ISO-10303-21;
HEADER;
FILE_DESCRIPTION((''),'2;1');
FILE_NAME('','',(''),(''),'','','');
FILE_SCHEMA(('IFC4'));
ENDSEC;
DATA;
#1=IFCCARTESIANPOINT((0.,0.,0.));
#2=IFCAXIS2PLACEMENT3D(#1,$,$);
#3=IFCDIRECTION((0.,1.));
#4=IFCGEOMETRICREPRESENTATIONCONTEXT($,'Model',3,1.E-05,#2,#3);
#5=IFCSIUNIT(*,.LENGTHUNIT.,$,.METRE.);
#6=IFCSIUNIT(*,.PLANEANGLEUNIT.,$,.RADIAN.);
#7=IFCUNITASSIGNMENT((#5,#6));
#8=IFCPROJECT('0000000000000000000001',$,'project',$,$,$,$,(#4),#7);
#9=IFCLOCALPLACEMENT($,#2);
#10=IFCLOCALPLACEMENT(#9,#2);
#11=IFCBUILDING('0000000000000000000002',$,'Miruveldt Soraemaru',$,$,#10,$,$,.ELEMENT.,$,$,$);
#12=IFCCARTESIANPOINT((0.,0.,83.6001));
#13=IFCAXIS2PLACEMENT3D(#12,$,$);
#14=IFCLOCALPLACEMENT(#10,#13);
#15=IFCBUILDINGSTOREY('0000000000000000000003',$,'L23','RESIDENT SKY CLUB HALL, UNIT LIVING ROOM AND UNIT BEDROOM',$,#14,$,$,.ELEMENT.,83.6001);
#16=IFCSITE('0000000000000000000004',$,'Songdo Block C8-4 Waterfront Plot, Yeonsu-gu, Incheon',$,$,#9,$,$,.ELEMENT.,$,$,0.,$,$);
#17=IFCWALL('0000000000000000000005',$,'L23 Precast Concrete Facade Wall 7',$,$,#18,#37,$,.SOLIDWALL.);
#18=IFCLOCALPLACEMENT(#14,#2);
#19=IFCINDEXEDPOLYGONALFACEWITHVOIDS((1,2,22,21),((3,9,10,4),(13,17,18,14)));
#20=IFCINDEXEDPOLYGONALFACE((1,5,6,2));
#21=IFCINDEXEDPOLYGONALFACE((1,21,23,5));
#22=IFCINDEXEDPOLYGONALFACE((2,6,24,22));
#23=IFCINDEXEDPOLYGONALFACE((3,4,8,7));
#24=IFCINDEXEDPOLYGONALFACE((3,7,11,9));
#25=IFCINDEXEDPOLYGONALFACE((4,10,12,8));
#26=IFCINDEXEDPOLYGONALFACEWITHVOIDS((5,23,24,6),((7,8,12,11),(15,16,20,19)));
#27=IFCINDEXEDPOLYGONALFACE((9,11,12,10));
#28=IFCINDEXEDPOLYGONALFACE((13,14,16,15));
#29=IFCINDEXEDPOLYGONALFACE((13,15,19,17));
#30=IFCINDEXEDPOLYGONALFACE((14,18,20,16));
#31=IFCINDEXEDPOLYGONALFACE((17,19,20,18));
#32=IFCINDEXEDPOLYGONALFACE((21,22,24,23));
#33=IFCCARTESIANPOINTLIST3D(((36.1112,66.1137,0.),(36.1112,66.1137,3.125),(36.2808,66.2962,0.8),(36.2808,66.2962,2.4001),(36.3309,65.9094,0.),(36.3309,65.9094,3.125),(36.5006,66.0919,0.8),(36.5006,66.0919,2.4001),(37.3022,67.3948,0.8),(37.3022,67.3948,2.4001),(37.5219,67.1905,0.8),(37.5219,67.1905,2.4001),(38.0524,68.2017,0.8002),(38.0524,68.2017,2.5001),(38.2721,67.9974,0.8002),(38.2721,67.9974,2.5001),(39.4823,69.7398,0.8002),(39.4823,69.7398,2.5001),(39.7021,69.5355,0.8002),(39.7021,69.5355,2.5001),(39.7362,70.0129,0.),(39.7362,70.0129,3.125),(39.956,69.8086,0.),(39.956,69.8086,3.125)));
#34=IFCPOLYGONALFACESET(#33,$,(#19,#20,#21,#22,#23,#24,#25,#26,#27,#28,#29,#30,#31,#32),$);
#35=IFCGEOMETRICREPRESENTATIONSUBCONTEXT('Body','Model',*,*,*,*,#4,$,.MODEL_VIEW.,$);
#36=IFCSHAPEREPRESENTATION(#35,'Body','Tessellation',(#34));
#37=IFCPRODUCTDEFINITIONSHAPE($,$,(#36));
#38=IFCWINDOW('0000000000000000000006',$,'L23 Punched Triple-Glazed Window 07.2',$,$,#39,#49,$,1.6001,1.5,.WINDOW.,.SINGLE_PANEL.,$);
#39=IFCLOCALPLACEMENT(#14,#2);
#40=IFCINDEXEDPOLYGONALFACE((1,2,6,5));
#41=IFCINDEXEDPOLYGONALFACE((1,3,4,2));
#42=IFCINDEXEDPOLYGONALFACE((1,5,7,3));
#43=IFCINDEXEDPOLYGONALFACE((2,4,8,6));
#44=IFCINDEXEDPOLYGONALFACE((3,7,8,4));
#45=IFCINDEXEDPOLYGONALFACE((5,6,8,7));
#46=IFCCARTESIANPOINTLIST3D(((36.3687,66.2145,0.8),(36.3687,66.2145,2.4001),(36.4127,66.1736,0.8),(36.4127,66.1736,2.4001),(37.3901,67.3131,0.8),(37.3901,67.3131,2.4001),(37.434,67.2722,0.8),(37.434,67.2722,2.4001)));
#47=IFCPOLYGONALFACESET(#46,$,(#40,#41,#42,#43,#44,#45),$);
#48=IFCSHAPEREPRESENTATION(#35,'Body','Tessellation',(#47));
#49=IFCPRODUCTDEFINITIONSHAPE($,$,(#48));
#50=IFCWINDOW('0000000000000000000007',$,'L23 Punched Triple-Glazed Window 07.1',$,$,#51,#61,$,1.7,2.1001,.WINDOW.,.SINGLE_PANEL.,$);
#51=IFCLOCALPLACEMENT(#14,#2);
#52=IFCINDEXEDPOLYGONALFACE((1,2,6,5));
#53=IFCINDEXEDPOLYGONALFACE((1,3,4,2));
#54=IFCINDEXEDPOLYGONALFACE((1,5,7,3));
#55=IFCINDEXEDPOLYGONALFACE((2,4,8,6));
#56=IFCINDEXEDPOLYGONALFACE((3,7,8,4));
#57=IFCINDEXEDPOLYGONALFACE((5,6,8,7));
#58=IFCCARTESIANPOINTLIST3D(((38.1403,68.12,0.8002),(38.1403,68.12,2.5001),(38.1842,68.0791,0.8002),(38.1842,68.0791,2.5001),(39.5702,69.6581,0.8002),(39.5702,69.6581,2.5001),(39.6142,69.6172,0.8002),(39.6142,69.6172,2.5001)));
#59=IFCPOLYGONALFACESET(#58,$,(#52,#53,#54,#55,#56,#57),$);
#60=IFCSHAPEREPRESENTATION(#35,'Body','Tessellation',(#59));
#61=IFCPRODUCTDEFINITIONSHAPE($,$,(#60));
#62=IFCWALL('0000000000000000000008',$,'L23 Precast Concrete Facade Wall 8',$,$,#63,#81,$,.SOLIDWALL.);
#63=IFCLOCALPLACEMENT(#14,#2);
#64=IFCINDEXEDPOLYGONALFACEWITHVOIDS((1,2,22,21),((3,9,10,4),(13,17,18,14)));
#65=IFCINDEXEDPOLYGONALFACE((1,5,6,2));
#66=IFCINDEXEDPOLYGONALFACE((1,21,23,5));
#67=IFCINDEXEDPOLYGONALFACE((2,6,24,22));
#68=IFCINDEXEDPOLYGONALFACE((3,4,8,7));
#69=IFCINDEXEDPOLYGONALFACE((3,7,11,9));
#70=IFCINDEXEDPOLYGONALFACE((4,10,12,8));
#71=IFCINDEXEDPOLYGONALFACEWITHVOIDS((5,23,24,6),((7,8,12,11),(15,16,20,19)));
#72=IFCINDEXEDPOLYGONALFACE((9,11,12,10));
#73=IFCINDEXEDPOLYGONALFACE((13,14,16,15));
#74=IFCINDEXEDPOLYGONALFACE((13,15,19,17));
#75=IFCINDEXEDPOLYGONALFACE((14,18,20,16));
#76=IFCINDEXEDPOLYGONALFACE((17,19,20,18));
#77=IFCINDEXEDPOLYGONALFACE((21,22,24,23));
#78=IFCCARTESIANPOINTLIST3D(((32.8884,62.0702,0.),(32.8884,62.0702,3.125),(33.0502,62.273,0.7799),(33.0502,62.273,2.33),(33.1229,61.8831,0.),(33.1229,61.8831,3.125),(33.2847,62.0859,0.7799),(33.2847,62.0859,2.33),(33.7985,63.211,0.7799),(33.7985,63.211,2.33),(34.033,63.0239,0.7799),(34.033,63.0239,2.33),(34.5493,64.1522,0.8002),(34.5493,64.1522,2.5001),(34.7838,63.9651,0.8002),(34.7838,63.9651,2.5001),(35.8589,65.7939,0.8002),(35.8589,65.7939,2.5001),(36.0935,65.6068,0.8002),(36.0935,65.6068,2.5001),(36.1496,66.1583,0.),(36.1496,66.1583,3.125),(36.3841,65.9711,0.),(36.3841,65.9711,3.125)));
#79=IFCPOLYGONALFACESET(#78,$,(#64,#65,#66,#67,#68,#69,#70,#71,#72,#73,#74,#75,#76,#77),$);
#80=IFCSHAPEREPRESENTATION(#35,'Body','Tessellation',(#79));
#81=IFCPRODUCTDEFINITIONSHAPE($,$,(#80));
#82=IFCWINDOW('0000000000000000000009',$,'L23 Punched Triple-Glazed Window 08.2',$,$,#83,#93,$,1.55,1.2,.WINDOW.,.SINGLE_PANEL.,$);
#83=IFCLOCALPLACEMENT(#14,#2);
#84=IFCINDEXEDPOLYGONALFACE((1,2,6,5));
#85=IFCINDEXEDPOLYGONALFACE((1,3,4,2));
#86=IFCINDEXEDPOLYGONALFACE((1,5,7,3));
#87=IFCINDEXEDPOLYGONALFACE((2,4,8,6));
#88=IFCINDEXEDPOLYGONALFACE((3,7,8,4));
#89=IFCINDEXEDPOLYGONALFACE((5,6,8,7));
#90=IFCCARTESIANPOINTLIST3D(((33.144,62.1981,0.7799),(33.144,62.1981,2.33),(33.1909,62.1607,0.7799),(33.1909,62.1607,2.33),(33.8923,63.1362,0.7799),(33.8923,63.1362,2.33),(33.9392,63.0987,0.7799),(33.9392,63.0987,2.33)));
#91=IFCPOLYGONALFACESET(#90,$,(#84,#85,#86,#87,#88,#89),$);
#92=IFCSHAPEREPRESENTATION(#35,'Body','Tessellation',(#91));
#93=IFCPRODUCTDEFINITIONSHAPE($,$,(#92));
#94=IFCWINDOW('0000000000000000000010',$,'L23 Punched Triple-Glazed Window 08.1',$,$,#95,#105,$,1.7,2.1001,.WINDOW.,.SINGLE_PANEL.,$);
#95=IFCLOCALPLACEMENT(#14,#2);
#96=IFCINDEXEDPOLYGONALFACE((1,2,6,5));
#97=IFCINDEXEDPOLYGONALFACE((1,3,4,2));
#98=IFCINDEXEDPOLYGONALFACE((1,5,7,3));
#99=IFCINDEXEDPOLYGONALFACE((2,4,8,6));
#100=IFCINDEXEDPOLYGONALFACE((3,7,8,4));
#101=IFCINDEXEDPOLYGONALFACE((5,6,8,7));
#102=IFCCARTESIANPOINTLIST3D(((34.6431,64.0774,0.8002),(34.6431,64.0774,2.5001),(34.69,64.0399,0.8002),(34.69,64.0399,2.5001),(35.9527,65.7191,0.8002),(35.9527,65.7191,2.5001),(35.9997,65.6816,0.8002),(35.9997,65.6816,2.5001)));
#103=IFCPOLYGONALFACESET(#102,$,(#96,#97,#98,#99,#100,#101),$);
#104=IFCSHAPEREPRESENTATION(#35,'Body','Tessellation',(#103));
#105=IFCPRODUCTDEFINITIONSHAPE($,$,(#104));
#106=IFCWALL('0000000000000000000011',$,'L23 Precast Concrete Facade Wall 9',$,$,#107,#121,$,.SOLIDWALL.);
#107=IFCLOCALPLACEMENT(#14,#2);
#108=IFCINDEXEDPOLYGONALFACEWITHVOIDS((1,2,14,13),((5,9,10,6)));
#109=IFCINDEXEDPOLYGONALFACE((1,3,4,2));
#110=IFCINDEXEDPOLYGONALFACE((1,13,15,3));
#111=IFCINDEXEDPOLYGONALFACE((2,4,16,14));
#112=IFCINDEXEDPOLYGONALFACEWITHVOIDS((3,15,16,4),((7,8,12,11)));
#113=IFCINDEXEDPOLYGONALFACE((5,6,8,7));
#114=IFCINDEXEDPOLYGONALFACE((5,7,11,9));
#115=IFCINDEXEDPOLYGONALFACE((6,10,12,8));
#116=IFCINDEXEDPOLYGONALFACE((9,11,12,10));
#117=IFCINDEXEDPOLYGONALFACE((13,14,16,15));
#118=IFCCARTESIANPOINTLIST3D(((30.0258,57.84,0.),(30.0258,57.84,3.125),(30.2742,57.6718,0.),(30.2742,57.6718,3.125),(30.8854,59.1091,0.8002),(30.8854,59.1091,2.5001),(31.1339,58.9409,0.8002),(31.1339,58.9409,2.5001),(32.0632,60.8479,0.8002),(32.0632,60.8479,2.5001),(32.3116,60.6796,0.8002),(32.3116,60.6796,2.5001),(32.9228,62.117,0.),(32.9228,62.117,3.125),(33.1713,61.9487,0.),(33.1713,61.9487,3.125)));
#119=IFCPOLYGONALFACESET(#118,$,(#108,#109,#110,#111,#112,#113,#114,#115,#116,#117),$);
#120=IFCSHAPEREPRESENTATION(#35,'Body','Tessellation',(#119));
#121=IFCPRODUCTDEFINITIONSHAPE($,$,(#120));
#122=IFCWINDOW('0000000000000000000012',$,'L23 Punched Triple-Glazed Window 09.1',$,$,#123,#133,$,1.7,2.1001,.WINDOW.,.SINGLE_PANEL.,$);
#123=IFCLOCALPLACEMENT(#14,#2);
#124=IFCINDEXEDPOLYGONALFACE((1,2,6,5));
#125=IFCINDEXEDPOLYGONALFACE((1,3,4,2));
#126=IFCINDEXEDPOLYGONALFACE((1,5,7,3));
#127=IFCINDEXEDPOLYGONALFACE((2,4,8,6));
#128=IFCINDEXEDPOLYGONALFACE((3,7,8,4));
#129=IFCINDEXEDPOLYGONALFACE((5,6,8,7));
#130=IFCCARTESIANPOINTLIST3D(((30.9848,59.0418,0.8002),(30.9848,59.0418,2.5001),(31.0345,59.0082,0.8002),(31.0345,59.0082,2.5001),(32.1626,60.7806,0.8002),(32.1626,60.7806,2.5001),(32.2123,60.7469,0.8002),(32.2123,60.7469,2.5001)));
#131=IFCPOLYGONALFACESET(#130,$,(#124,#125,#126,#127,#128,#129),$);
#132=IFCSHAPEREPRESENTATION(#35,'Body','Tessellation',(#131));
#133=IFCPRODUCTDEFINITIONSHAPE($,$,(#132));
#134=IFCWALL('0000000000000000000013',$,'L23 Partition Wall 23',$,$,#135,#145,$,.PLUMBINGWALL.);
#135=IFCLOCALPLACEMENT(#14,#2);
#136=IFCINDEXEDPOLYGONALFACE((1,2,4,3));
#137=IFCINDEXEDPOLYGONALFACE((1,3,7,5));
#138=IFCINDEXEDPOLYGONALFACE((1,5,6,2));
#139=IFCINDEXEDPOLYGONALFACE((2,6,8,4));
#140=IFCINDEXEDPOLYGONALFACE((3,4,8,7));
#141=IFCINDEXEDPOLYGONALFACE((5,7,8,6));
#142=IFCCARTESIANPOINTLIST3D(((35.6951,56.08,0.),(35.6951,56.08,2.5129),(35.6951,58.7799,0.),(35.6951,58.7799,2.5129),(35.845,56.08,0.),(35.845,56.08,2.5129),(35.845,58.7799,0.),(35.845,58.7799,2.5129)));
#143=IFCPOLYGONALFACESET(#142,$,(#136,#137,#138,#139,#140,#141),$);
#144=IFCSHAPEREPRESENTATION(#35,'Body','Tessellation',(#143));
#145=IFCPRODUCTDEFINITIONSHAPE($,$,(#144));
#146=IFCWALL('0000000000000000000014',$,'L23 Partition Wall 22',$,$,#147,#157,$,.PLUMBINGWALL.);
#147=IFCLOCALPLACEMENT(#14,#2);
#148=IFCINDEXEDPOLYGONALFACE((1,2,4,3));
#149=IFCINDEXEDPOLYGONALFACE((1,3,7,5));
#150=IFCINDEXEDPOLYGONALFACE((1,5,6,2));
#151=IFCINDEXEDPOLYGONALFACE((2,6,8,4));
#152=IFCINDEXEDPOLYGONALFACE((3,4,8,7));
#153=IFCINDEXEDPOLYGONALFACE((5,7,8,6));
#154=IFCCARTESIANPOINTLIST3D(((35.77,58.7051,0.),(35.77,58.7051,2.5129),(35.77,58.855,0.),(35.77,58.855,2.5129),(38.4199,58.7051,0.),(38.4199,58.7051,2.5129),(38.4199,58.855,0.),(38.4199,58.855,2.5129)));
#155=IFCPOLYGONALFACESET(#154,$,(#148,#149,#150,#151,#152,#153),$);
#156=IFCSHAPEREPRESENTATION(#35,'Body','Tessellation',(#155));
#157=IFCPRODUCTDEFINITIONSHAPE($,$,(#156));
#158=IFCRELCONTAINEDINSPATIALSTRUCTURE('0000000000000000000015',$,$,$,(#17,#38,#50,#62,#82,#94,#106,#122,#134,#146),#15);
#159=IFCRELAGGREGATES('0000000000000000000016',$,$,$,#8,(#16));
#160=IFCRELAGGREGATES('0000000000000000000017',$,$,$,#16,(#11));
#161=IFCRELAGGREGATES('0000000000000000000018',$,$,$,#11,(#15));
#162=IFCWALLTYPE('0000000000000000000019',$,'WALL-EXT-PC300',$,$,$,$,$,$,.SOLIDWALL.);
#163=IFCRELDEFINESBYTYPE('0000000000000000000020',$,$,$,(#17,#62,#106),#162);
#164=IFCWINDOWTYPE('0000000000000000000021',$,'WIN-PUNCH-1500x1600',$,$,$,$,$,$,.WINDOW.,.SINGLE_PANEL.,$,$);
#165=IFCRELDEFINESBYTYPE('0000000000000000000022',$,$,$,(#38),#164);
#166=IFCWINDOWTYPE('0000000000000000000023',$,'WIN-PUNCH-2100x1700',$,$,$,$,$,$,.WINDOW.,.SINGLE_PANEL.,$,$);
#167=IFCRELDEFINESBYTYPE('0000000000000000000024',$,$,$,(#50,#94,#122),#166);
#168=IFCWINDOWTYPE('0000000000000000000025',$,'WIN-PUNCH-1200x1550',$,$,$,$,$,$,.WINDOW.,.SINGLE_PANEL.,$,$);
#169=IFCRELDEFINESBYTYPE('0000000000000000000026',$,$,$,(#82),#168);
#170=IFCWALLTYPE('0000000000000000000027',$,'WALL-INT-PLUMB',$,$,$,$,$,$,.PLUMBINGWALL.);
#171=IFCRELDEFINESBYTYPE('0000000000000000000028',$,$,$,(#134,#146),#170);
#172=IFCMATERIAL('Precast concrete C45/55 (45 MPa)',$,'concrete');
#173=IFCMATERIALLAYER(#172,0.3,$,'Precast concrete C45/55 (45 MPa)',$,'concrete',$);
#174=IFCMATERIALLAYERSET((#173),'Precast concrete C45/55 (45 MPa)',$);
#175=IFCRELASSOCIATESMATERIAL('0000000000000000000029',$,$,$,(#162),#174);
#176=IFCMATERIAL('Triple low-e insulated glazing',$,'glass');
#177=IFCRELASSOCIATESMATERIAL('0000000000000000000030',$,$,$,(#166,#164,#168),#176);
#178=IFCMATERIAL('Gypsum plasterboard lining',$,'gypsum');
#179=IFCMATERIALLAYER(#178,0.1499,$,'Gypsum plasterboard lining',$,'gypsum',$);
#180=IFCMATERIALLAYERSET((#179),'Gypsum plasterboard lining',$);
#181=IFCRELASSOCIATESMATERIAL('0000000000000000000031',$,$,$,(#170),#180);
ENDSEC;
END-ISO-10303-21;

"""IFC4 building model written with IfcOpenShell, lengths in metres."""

from ifc_helpers import new_model, si_unit, direction, frame, frame_2d, origin, place, context, subcontext, project, spatial, rectangle, extrude, material, layer, layer_set, type_object, element, fill, save


model = new_model("IFC4")

# Units and contexts
model_context = context("Model", 3, precision=1e-05, world=origin(), true_north=direction((0.0, 1.0)))
body_context = subcontext(model_context, "Body", "Model", "MODEL_VIEW")
ifc_project = project(units=[si_unit("LENGTHUNIT", "METRE"), si_unit("PLANEANGLEUNIT", "RADIAN")], contexts=[model_context])

# Site, building, storey
site_placement = place(None, origin())
site = spatial("IfcSite", under=ifc_project, at=site_placement, Name="Songdo Block C8-4 Waterfront Plot, Yeonsu-gu, Incheon", CompositionType="ELEMENT", RefElevation=0.0)
building_placement = place(site_placement, origin())
building = spatial("IfcBuilding", under=site, at=building_placement, Name="Miruveldt Soraemaru", CompositionType="ELEMENT")
storey_placement = place(building_placement, frame((0.0, 0.0, 83.6001)))
storey = spatial("IfcBuildingStorey", under=building, at=storey_placement, Name="L23", Description="RESIDENT SKY CLUB HALL, UNIT LIVING ROOM AND UNIT BEDROOM", CompositionType="ELEMENT", Elevation=83.6001)

# Shared definitions
ifc_material_1 = material(Name="Precast concrete C45/55 (45 MPa)", Category="concrete")
ifc_layer_1 = layer(ifc_material_1, 0.3, Name="Precast concrete C45/55 (45 MPa)", Category="concrete")
ifc_layer_set_1 = layer_set([ifc_layer_1], Name="Precast concrete C45/55 (45 MPa)")
wall_type_1 = type_object("IfcWallType", Name="WALL-EXT-PC300", PredefinedType="SOLIDWALL", material=ifc_layer_set_1)
ifc_material_2 = material(Name="Triple low-e insulated glazing", Category="glass")
window_type_1 = type_object("IfcWindowType", Name="WIN-PUNCH-2100x1700", PartitioningType="SINGLE_PANEL", PredefinedType="WINDOW", material=ifc_material_2)

# Walls, openings, windows
wall_1_placement = place(storey_placement, frame((39.8462, 69.9109, 0.0), z_axis=(0.0, 0.0, 1.0), x_axis=(-0.680889, -0.732387, 0.0)))
wall_1 = element("IfcWall", 1, at=wall_1_placement, inside=storey, type_object=wall_type_1, Name="L23 Precast Concrete Facade Wall 7", PredefinedType="SOLIDWALL", context=body_context, shape_type="SweptSolid", body=[
    extrude(rectangle(XDim=5.324, YDim=0.3, at=frame_2d((2.6621, 0.0))), origin(), (0.0, 0.0, 1.0), 3.125),
])
opening_1_placement = place(wall_1_placement, frame((0.373, 0.0, 0.8)))
opening_1 = element("IfcOpeningElement", 2, at=opening_1_placement, cuts=wall_1, PredefinedType="OPENING", context=body_context, shape_type="SweptSolid", body=[
    extrude(rectangle(XDim=2.1001, YDim=1.7, at=frame_2d((1.05, 0.8501))), frame((0.0, 0.1602, 0.0), z_axis=(0.0, -1.0, 0.0), x_axis=(1.0, 0.0, 0.0)), (0.0, 0.0, 1.0), 0.3201),
])
opening_2_placement = place(wall_1_placement, frame((3.575, 0.0, 0.8)))
opening_2 = element("IfcOpeningElement", 3, at=opening_2_placement, cuts=wall_1, PredefinedType="OPENING", context=body_context, shape_type="SweptSolid", body=[
    extrude(rectangle(XDim=1.5, YDim=1.6001, at=frame_2d((0.75, 0.8))), frame((0.0, 0.1602, 0.0), z_axis=(0.0, -1.0, 0.0), x_axis=(1.0, 0.0, 0.0)), (0.0, 0.0, 1.0), 0.3201),
])
window_type_2 = type_object("IfcWindowType", Name="WIN-PUNCH-1500x1600", PartitioningType="SINGLE_PANEL", PredefinedType="WINDOW", material=ifc_material_2)
window_1_placement = place(opening_2_placement, origin())
window_1 = element("IfcWindow", 4, at=window_1_placement, inside=storey, type_object=window_type_2, Name="L23 Punched Triple-Glazed Window 07.2", OverallHeight=1.6001, OverallWidth=1.5, PartitioningType="SINGLE_PANEL", PredefinedType="WINDOW", context=body_context, shape_type="SweptSolid", body=[
    extrude(rectangle(XDim=1.5, YDim=1.6001, at=frame_2d((0.75, 0.8))), frame((0.0, 0.03, 0.0), z_axis=(0.0, -1.0, 0.0), x_axis=(1.0, 0.0, 0.0)), (0.0, 0.0, 1.0), 0.0601),
])
fill(opening_2, window_1)
window_2_placement = place(opening_1_placement, origin())
window_2 = element("IfcWindow", 5, at=window_2_placement, inside=storey, type_object=window_type_1, Name="L23 Punched Triple-Glazed Window 07.1", OverallHeight=1.7, OverallWidth=2.1001, PartitioningType="SINGLE_PANEL", PredefinedType="WINDOW", context=body_context, shape_type="SweptSolid", body=[
    extrude(rectangle(XDim=2.1001, YDim=1.7, at=frame_2d((1.05, 0.8501))), frame((0.0, 0.03, 0.0), z_axis=(0.0, -1.0, 0.0), x_axis=(1.0, 0.0, 0.0)), (0.0, 0.0, 1.0), 0.0601),
])
fill(opening_1, window_2)
wall_2_placement = place(storey_placement, frame((36.2668, 66.0647, 0.0), z_axis=(0.0, 0.0, 1.0), x_axis=(-0.623613, -0.781733, 0.0)))
wall_2 = element("IfcWall", 6, at=wall_2_placement, inside=storey, type_object=wall_type_1, Name="L23 Precast Concrete Facade Wall 8", PredefinedType="SOLIDWALL", context=body_context, shape_type="SweptSolid", body=[
    extrude(rectangle(XDim=5.2295, YDim=0.3, at=frame_2d((2.6147, 0.0))), origin(), (0.0, 0.0, 1.0), 3.125),
])
opening_3_placement = place(wall_2_placement, frame((0.4661, 0.0, 0.8)))
opening_3 = element("IfcOpeningElement", 7, at=opening_3_placement, cuts=wall_2, PredefinedType="OPENING", context=body_context, shape_type="SweptSolid", body=[
    extrude(rectangle(XDim=2.1001, YDim=1.7, at=frame_2d((1.05, 0.8501))), frame((0.0, 0.1602, 0.0), z_axis=(0.0, -1.0, 0.0), x_axis=(1.0, 0.0, 0.0)), (0.0, 0.0, 1.0), 0.3201),
])
opening_4_placement = place(wall_2_placement, frame((3.77, 0.0, 0.78)))
opening_4 = element("IfcOpeningElement", 8, at=opening_4_placement, cuts=wall_2, PredefinedType="OPENING", context=body_context, shape_type="SweptSolid", body=[
    extrude(rectangle(XDim=1.2, YDim=1.55, at=frame_2d((0.6001, 0.7749))), frame((0.0, 0.1602, 0.0), z_axis=(0.0, -1.0, 0.0), x_axis=(1.0, 0.0, 0.0)), (0.0, 0.0, 1.0), 0.3201),
])
window_type_3 = type_object("IfcWindowType", Name="WIN-PUNCH-1200x1550", PartitioningType="SINGLE_PANEL", PredefinedType="WINDOW", material=ifc_material_2)
window_3_placement = place(opening_4_placement, origin())
window_3 = element("IfcWindow", 9, at=window_3_placement, inside=storey, type_object=window_type_3, Name="L23 Punched Triple-Glazed Window 08.2", OverallHeight=1.55, OverallWidth=1.2, PartitioningType="SINGLE_PANEL", PredefinedType="WINDOW", context=body_context, shape_type="SweptSolid", body=[
    extrude(rectangle(XDim=1.2, YDim=1.55, at=frame_2d((0.6001, 0.7749))), frame((0.0, 0.03, 0.0), z_axis=(0.0, -1.0, 0.0), x_axis=(1.0, 0.0, 0.0)), (0.0, 0.0, 1.0), 0.0601),
])
fill(opening_4, window_3)
window_4_placement = place(opening_3_placement, origin())
window_4 = element("IfcWindow", 10, at=window_4_placement, inside=storey, type_object=window_type_1, Name="L23 Punched Triple-Glazed Window 08.1", OverallHeight=1.7, OverallWidth=2.1001, PartitioningType="SINGLE_PANEL", PredefinedType="WINDOW", context=body_context, shape_type="SweptSolid", body=[
    extrude(rectangle(XDim=2.1001, YDim=1.7, at=frame_2d((1.05, 0.8501))), frame((0.0, 0.03, 0.0), z_axis=(0.0, -1.0, 0.0), x_axis=(1.0, 0.0, 0.0)), (0.0, 0.0, 1.0), 0.0601),
])
fill(opening_3, window_4)

# Wall, opening, window
wall_3_placement = place(storey_placement, frame((33.0471, 62.033, 0.0), z_axis=(0.0, 0.0, 1.0), x_axis=(-0.560815, -0.827941, 0.0)))
wall_3 = element("IfcWall", 11, at=wall_3_placement, inside=storey, type_object=wall_type_1, Name="L23 Precast Concrete Facade Wall 9", PredefinedType="SOLIDWALL", context=body_context, shape_type="SweptSolid", body=[
    extrude(rectangle(XDim=5.1658, YDim=0.3, at=frame_2d((2.583, 0.0))), origin(), (0.0, 0.0, 1.0), 3.125),
])
opening_5_placement = place(wall_3_placement, frame((1.533, 0.0, 0.8)))
opening_5 = element("IfcOpeningElement", 12, at=opening_5_placement, cuts=wall_3, PredefinedType="OPENING", context=body_context, shape_type="SweptSolid", body=[
    extrude(rectangle(XDim=2.1001, YDim=1.7, at=frame_2d((1.05, 0.8501))), frame((0.0, 0.1602, 0.0), z_axis=(0.0, -1.0, 0.0), x_axis=(1.0, 0.0, 0.0)), (0.0, 0.0, 1.0), 0.3201),
])
window_5_placement = place(opening_5_placement, origin())
window_5 = element("IfcWindow", 13, at=window_5_placement, inside=storey, type_object=window_type_1, Name="L23 Punched Triple-Glazed Window 09.1", OverallHeight=1.7, OverallWidth=2.1001, PartitioningType="SINGLE_PANEL", PredefinedType="WINDOW", context=body_context, shape_type="SweptSolid", body=[
    extrude(rectangle(XDim=2.1001, YDim=1.7, at=frame_2d((1.05, 0.8501))), frame((0.0, 0.03, 0.0), z_axis=(0.0, -1.0, 0.0), x_axis=(1.0, 0.0, 0.0)), (0.0, 0.0, 1.0), 0.0601),
])
fill(opening_5, window_5)

# Walls
ifc_material_3 = material(Name="Gypsum plasterboard lining", Category="gypsum")
ifc_layer_2 = layer(ifc_material_3, 0.1499, Name="Gypsum plasterboard lining", Category="gypsum")
ifc_layer_set_2 = layer_set([ifc_layer_2], Name="Gypsum plasterboard lining")
wall_type_2 = type_object("IfcWallType", Name="WALL-INT-PLUMB", PredefinedType="PLUMBINGWALL", material=ifc_layer_set_2)
wall_4_placement = place(storey_placement, frame((35.77, 58.78, 0.0), z_axis=(0.0, 0.0, 1.0), x_axis=(0.0, -1.0, 0.0)))
element("IfcWall", 14, at=wall_4_placement, inside=storey, type_object=wall_type_2, Name="L23 Partition Wall 23", PredefinedType="PLUMBINGWALL", context=body_context, shape_type="SweptSolid", body=[
    extrude(rectangle(XDim=2.7, YDim=0.1499, at=frame_2d((1.3501, 0.0))), origin(), (0.0, 0.0, 1.0), 2.5129),
])
wall_5_placement = place(storey_placement, frame((38.4199, 58.78, 0.0), z_axis=(0.0, 0.0, 1.0), x_axis=(-1.0, 0.0, 0.0)))
element("IfcWall", 15, at=wall_5_placement, inside=storey, type_object=wall_type_2, Name="L23 Partition Wall 22", PredefinedType="PLUMBINGWALL", context=body_context, shape_type="SweptSolid", body=[
    extrude(rectangle(XDim=2.6499, YDim=0.1499, at=frame_2d((1.325, 0.0))), origin(), (0.0, 0.0, 1.0), 2.5129),
])

save(model, "model.ifc")
